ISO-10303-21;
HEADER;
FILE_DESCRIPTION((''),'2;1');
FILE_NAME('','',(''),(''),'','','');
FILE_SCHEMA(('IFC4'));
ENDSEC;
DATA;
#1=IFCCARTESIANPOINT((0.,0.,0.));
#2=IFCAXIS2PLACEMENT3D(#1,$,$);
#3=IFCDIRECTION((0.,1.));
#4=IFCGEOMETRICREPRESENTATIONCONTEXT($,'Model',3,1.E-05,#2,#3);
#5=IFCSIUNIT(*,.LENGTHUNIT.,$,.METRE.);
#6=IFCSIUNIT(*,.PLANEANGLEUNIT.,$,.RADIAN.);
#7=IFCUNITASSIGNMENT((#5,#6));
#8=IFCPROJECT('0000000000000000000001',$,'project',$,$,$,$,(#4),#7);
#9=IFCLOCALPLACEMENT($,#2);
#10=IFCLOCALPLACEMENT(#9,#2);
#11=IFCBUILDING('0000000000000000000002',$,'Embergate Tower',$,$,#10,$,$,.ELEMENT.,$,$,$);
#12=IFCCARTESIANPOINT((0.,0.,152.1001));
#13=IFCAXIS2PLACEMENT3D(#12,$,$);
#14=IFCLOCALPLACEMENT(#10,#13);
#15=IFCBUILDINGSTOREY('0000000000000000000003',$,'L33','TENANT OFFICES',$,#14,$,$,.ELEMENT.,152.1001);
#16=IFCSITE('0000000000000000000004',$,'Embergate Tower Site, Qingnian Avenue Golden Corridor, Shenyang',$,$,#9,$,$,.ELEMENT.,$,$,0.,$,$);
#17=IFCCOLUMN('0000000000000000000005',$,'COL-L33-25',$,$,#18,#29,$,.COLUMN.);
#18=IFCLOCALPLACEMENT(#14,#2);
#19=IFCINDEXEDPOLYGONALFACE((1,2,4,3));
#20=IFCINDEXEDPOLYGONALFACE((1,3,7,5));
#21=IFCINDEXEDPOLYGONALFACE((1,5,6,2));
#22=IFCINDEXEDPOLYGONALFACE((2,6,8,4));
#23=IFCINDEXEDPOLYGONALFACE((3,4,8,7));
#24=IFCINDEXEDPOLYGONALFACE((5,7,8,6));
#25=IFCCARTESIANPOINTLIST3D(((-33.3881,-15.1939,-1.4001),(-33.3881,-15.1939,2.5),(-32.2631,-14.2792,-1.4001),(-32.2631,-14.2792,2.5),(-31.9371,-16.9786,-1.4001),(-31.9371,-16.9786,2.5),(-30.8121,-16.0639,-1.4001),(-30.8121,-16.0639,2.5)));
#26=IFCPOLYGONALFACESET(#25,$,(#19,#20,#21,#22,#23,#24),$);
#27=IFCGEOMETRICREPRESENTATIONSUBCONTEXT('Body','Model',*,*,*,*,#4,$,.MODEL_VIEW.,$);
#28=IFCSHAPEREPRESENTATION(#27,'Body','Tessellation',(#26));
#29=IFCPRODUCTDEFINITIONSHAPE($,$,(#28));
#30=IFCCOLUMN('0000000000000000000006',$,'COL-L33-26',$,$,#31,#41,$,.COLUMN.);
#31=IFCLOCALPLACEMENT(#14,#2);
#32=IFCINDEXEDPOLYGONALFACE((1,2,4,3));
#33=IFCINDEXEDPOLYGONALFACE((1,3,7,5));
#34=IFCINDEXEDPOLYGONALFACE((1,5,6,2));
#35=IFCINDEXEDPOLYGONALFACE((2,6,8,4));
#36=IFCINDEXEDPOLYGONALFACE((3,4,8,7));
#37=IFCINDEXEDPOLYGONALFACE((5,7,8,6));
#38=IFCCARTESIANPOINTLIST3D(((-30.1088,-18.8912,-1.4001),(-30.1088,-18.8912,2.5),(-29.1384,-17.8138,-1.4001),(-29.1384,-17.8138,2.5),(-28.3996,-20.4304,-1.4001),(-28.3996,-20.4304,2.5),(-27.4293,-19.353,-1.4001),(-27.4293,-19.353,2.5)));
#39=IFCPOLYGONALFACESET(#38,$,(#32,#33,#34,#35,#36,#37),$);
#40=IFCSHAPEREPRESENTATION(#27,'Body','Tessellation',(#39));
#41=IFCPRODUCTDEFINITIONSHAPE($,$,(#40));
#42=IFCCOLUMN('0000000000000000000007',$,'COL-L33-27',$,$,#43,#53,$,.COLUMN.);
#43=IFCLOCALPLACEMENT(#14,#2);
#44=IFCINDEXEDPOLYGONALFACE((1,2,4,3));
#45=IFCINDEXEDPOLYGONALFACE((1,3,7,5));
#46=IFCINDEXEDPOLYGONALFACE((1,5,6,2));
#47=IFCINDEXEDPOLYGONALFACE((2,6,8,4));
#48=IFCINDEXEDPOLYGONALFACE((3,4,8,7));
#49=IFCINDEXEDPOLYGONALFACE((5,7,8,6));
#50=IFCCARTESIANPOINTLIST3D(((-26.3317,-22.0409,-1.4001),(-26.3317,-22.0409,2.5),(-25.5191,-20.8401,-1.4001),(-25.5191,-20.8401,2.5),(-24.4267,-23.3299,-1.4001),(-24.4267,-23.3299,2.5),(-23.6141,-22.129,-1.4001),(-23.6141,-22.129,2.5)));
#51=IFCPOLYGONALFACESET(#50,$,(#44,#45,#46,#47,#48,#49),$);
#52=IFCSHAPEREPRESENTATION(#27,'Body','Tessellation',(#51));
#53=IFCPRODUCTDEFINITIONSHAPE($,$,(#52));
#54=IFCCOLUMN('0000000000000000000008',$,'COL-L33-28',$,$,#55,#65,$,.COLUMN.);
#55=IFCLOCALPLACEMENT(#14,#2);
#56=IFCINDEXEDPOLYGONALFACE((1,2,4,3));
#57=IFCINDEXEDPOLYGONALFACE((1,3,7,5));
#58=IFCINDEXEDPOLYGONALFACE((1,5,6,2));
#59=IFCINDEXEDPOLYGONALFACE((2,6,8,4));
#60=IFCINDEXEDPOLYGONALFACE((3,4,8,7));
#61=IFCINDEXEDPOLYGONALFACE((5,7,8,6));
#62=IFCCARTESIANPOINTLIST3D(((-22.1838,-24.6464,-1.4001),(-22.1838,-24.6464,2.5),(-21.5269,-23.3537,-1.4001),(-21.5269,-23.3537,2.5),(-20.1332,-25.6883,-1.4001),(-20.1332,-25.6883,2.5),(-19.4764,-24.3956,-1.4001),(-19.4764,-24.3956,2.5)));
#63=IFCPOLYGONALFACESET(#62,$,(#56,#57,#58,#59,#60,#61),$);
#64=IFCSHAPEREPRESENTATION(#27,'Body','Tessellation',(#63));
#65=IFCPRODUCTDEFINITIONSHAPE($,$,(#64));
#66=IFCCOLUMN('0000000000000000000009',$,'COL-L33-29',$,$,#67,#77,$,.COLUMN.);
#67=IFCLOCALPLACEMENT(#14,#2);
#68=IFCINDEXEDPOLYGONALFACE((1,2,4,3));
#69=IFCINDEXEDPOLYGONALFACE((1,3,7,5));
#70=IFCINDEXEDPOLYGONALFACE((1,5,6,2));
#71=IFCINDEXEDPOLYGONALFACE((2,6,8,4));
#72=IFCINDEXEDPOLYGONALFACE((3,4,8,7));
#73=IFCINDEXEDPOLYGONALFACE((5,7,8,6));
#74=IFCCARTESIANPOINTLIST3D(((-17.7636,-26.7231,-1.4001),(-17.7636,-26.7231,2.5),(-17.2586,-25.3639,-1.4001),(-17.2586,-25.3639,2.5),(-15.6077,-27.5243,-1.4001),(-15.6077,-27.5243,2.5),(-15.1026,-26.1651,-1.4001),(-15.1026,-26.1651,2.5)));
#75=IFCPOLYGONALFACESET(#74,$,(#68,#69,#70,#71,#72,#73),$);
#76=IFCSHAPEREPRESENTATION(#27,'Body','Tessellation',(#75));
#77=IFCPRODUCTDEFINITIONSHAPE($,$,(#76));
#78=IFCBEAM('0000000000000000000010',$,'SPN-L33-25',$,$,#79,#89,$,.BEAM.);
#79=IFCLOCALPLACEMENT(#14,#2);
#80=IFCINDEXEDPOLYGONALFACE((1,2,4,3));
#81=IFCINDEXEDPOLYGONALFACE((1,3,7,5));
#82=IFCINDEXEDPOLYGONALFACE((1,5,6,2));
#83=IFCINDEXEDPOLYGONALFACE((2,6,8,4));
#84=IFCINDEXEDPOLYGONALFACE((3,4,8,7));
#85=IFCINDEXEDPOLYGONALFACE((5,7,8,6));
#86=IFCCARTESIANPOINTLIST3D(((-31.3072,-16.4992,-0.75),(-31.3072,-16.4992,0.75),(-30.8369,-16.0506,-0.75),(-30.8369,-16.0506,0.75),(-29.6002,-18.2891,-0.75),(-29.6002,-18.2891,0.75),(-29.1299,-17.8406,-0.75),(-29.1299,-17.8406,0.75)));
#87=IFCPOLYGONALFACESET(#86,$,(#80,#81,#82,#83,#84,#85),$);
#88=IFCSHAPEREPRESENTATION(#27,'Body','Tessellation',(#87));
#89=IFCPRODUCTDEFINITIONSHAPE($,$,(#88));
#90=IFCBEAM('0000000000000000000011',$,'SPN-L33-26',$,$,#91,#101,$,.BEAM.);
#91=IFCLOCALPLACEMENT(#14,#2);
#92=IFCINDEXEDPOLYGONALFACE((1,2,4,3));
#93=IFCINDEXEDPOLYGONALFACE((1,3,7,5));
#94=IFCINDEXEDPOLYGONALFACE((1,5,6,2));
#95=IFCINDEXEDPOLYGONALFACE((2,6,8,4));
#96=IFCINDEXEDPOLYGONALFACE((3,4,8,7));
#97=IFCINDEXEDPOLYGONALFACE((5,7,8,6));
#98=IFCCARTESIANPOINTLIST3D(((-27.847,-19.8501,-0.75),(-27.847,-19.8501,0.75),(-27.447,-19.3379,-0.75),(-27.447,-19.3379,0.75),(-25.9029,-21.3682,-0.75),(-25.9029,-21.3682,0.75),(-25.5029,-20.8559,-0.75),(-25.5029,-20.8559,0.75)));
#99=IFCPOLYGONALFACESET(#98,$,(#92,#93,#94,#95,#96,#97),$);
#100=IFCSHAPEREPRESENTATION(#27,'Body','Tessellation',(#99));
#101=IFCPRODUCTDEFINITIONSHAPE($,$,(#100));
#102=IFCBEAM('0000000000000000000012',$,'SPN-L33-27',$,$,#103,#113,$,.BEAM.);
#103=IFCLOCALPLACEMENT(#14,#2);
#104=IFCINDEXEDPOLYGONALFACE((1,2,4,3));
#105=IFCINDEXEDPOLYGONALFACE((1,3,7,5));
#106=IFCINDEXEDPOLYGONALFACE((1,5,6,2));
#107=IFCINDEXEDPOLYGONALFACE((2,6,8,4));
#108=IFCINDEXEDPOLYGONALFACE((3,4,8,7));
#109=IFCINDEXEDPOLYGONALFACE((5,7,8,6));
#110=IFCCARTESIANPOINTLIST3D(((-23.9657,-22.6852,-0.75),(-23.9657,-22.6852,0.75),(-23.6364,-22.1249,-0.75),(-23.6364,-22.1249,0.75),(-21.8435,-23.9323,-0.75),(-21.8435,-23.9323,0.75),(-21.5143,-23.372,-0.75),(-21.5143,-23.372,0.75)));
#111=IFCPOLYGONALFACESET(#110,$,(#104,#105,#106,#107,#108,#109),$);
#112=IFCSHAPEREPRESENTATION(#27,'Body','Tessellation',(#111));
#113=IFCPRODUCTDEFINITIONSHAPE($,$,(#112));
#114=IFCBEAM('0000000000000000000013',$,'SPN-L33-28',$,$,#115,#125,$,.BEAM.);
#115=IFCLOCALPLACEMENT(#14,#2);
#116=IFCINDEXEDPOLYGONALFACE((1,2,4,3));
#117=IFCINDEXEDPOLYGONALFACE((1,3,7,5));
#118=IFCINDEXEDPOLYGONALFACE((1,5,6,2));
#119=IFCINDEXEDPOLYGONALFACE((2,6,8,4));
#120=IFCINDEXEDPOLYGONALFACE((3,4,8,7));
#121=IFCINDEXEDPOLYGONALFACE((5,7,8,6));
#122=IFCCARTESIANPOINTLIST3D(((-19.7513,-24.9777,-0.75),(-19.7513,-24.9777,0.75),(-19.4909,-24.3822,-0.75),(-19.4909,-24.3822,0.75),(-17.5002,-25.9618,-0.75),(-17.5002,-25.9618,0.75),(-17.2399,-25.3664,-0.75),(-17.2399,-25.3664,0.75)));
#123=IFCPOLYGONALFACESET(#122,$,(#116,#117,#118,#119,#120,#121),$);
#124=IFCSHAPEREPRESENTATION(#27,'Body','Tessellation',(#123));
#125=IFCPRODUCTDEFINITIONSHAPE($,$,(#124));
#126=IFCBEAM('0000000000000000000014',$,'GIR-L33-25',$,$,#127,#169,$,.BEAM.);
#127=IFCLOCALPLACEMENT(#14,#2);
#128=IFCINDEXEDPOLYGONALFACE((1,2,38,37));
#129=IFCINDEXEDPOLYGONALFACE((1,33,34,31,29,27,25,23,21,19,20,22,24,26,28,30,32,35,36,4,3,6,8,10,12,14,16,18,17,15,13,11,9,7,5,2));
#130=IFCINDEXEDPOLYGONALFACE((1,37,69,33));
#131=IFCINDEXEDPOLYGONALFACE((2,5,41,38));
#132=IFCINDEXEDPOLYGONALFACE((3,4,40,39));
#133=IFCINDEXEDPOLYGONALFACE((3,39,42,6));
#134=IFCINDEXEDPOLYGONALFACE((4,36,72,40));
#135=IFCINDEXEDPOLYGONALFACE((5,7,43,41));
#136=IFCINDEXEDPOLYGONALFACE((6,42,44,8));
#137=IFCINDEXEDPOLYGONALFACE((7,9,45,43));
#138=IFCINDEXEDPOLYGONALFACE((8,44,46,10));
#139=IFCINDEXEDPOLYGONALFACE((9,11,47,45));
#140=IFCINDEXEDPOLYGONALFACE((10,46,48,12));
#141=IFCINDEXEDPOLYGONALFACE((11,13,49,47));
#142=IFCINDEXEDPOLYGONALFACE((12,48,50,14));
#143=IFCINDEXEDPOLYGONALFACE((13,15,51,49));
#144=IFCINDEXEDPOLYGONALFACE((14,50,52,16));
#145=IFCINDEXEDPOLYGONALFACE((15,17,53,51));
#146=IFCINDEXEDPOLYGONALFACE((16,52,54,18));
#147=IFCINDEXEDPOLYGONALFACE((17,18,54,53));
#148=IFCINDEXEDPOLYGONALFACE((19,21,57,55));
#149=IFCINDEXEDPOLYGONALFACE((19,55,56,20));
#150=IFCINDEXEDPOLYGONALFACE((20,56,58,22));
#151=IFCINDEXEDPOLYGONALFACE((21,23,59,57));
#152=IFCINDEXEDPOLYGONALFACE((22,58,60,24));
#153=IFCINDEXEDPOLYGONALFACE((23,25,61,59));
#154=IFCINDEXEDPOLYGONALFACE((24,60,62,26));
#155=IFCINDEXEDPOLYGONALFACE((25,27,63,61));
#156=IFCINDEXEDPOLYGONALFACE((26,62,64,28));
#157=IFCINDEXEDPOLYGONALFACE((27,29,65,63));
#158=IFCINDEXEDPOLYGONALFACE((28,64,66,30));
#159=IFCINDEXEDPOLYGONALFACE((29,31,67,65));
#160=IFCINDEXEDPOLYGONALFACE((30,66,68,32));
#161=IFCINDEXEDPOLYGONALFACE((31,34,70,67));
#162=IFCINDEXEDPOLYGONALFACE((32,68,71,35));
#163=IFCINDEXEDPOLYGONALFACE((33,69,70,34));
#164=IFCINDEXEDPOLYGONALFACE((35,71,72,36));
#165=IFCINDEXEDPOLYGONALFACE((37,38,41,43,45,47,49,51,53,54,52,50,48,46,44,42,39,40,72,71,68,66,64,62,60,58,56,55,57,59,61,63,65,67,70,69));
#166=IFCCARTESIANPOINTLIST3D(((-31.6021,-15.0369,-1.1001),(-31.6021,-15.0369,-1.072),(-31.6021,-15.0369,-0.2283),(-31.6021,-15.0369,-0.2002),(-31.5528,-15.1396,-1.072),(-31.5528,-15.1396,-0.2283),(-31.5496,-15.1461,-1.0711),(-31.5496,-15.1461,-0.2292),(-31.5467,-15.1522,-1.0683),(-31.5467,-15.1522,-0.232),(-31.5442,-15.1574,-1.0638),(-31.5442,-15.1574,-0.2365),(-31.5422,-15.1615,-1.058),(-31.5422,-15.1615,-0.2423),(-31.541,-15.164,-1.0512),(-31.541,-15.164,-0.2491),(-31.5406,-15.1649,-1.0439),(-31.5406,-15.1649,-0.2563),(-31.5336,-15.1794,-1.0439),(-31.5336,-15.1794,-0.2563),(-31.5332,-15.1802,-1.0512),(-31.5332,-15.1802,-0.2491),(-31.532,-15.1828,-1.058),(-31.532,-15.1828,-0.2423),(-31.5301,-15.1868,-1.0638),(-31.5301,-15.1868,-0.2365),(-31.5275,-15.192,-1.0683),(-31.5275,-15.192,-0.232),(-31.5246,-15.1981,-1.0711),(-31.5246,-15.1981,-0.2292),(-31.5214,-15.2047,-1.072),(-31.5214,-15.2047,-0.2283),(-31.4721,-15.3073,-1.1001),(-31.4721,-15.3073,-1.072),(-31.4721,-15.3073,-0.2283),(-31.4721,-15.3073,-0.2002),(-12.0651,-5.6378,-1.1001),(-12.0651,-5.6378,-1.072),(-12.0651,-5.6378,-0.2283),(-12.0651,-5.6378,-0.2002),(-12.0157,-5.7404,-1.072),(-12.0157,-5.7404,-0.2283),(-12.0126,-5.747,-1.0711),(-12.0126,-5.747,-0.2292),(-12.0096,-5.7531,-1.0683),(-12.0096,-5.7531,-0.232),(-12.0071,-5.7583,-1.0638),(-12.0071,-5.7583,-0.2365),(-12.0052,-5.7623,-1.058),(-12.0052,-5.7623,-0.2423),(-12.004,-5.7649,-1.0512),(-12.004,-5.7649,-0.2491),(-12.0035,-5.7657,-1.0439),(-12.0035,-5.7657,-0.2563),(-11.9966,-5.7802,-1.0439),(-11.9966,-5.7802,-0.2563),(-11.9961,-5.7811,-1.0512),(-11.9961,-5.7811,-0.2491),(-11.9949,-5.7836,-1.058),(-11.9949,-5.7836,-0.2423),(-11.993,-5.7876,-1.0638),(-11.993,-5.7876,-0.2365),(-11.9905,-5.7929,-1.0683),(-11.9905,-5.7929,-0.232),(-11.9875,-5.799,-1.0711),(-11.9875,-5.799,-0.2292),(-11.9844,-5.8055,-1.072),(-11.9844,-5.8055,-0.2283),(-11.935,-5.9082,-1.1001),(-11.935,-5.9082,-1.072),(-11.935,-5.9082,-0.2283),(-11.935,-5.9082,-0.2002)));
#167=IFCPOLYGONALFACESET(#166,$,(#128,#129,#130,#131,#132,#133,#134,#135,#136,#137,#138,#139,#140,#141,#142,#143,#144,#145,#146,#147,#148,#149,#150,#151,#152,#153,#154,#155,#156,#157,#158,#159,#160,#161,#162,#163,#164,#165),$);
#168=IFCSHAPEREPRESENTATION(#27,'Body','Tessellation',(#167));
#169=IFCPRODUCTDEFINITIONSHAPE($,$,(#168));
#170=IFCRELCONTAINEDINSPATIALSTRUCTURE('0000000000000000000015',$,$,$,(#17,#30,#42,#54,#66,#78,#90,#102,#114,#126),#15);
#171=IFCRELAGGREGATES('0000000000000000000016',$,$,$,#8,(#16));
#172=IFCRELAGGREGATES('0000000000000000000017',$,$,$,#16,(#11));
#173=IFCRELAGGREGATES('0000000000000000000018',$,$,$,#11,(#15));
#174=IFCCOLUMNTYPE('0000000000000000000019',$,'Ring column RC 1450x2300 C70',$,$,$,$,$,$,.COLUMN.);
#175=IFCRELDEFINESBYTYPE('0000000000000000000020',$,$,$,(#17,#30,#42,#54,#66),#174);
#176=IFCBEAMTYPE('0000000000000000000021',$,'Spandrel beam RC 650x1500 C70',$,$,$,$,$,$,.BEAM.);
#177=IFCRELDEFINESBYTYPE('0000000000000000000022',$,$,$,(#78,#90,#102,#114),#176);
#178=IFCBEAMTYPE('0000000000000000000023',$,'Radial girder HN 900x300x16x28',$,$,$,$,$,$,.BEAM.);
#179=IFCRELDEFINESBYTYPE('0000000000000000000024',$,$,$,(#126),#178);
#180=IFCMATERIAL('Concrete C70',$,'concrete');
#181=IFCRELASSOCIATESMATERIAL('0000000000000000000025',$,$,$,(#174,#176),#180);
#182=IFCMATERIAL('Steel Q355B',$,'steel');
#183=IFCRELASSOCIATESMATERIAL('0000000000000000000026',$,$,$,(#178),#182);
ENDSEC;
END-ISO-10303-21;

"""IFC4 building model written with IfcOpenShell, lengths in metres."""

from ifc_helpers import new_model, si_unit, direction, frame, origin, origin_2d, place, context, subcontext, project, spatial, rectangle, i_section, extrude, source, transform, mapped, material, material_profile, profile_set, type_object, element, save


model = new_model("IFC4")

# Units and contexts
model_context = context("Model", 3, precision=1e-05, world=origin(), true_north=direction((0.0, 1.0)))
body_context = subcontext(model_context, "Body", "Model", "MODEL_VIEW")
ifc_project = project(units=[si_unit("LENGTHUNIT", "METRE"), si_unit("PLANEANGLEUNIT", "RADIAN")], contexts=[model_context])

# Site, building, storey
site_placement = place(None, origin())
site = spatial("IfcSite", under=ifc_project, at=site_placement, Name="Embergate Tower Site, Qingnian Avenue Golden Corridor, Shenyang", CompositionType="ELEMENT", RefElevation=0.0)
building_placement = place(site_placement, origin())
building = spatial("IfcBuilding", under=site, at=building_placement, Name="Embergate Tower", CompositionType="ELEMENT")
storey_placement = place(building_placement, frame((0.0, 0.0, 152.1001)))
storey = spatial("IfcBuildingStorey", under=building, at=storey_placement, Name="L33", Description="TENANT OFFICES", CompositionType="ELEMENT", Elevation=152.1001)

# Columns
ifc_material_1 = material(Name="Concrete C70", Category="concrete")
ifc_material_profile_1 = material_profile(ifc_material_1, rectangle(XDim=1.45, YDim=2.3, at=origin_2d()), Name="RC 1450x2300")
ifc_profile_set_1 = profile_set([ifc_material_profile_1], Name="Concrete C70")
column_type = type_object("IfcColumnType", Name="Ring column RC 1450x2300 C70", PredefinedType="COLUMN", material=ifc_profile_set_1)
shared_shape_1 = source(origin(), body_context, "Body", "SweptSolid", [
    extrude(rectangle(XDim=1.45, YDim=2.3, at=origin_2d()), origin(), (0.0, 0.0, 1.0), 3.9001),
])
for number, where, z_axis, x_axis, name in (
    (1, (-32.1001, -15.6289, -1.4001), (0.0, 0.0, 1.0), (-0.775914, -0.630838, 0.0), "COL-L33-25"),
    (2, (-28.769, -19.1221, -1.4001), (0.0, 0.0, 1.0), (-0.669208, -0.743075, 0.0), "COL-L33-26"),
    (3, (-24.9729, -22.085, -1.4001), (0.0, 0.0, 1.0), (-0.560393, -0.828227, 0.0), "COL-L33-27"),
    (4, (-20.8301, -24.521, -1.4001), (0.0, 0.0, 1.0), (-0.452995, -0.891513, 0.0), "COL-L33-28"),
    (5, (-16.4331, -26.4441, -1.4001), (0.0, 0.0, 1.0), (-0.348343, -0.937367, 0.0), "COL-L33-29"),
):
    element("IfcColumn", number, at=place(storey_placement, frame(where, z_axis=z_axis, x_axis=x_axis)), inside=storey, type_object=column_type, Name=name, PredefinedType="COLUMN", context=body_context, shape_type="MappedRepresentation", body=[
        mapped(shared_shape_1, transform((0.0, 0.0, 0.0))),
    ])

# Beams
ifc_material_profile_2 = material_profile(ifc_material_1, rectangle(XDim=0.6499, YDim=1.5, at=origin_2d()), Name="RC 650x1500")
ifc_profile_set_2 = profile_set([ifc_material_profile_2], Name="Concrete C70")
beam_type_1 = type_object("IfcBeamType", Name="Spandrel beam RC 650x1500 C70", PredefinedType="BEAM", material=ifc_profile_set_2)
shared_shape_2 = source(origin(), body_context, "Body", "SweptSolid", [
    extrude(rectangle(XDim=0.6499, YDim=1.5, at=origin_2d()), origin(), (0.0, 0.0, 1.0), 2.4734),
])
beam_1_placement = place(storey_placement, frame((-31.072, -16.2749, 0.0), z_axis=(0.690128, -0.723687, 0.0), x_axis=(0.723687, 0.690128, 0.0)))
element("IfcBeam", 6, at=beam_1_placement, inside=storey, type_object=beam_type_1, Name="SPN-L33-25", PredefinedType="BEAM", context=body_context, shape_type="MappedRepresentation", body=[
    mapped(shared_shape_2, transform((0.0, 0.0, 0.0))),
])
shared_shape_3 = source(origin(), body_context, "Body", "SweptSolid", [
    extrude(rectangle(XDim=0.6499, YDim=1.5, at=origin_2d()), origin(), (0.0, 0.0, 1.0), 2.4666),
])
beam_2_placement = place(storey_placement, frame((-27.647, -19.594, 0.0), z_axis=(0.788173, -0.615454, 0.0), x_axis=(0.615454, 0.788173, 0.0)))
element("IfcBeam", 7, at=beam_2_placement, inside=storey, type_object=beam_type_1, Name="SPN-L33-26", PredefinedType="BEAM", context=body_context, shape_type="MappedRepresentation", body=[
    mapped(shared_shape_3, transform((0.0, 0.0, 0.0))),
])
shared_shape_4 = source(origin(), body_context, "Body", "SweptSolid", [
    extrude(rectangle(XDim=0.6499, YDim=1.5, at=origin_2d()), origin(), (0.0, 0.0, 1.0), 2.4614),
])
beam_3_placement = place(storey_placement, frame((-23.801, -22.405, 0.0), z_axis=(0.862148, -0.506656, 0.0), x_axis=(0.506656, 0.862148, 0.0)))
element("IfcBeam", 8, at=beam_3_placement, inside=storey, type_object=beam_type_1, Name="SPN-L33-27", PredefinedType="BEAM", context=body_context, shape_type="MappedRepresentation", body=[
    mapped(shared_shape_4, transform((0.0, 0.0, 0.0))),
])
shared_shape_5 = source(origin(), body_context, "Body", "SweptSolid", [
    extrude(rectangle(XDim=0.6499, YDim=1.5, at=origin_2d()), origin(), (0.0, 0.0, 1.0), 2.4568),
])
beam_4_placement = place(storey_placement, frame((-19.6211, -24.6799, 0.0), z_axis=(0.916258, -0.400589, 0.0), x_axis=(0.400589, 0.916258, 0.0)))
element("IfcBeam", 9, at=beam_4_placement, inside=storey, type_object=beam_type_1, Name="SPN-L33-28", PredefinedType="BEAM", context=body_context, shape_type="MappedRepresentation", body=[
    mapped(shared_shape_5, transform((0.0, 0.0, 0.0))),
])
ifc_material_2 = material(Name="Steel Q355B", Category="steel")
ifc_material_profile_3 = material_profile(ifc_material_2, i_section(OverallWidth=0.3, OverallDepth=0.8999, WebThickness=0.0161, FlangeThickness=0.0281, FilletRadius=0.0281, at=origin_2d()), Name="HN 900x300x16x28")
ifc_profile_set_3 = profile_set([ifc_material_profile_3], Name="Steel Q355 grade B")
beam_type_2 = type_object("IfcBeamType", Name="Radial girder HN 900x300x16x28", PredefinedType="BEAM", material=ifc_profile_set_3)
shared_shape_6 = source(origin(), body_context, "Body", "SweptSolid", [
    extrude(i_section(OverallWidth=0.3, OverallDepth=0.8999, WebThickness=0.0161, FlangeThickness=0.0281, FilletRadius=0.0281, at=origin_2d()), origin(), (0.0, 0.0, 1.0), 21.6804),
])
beam_5_placement = place(storey_placement, frame((-31.5371, -15.1721, -0.6501), z_axis=(0.901138, 0.433532, 0.0), x_axis=(-0.433532, 0.901138, 0.0)))
element("IfcBeam", 10, at=beam_5_placement, inside=storey, type_object=beam_type_2, Name="GIR-L33-25", PredefinedType="BEAM", context=body_context, shape_type="MappedRepresentation", body=[
    mapped(shared_shape_6, transform((0.0, 0.0, 0.0))),
])

save(model, "model.ifc")
